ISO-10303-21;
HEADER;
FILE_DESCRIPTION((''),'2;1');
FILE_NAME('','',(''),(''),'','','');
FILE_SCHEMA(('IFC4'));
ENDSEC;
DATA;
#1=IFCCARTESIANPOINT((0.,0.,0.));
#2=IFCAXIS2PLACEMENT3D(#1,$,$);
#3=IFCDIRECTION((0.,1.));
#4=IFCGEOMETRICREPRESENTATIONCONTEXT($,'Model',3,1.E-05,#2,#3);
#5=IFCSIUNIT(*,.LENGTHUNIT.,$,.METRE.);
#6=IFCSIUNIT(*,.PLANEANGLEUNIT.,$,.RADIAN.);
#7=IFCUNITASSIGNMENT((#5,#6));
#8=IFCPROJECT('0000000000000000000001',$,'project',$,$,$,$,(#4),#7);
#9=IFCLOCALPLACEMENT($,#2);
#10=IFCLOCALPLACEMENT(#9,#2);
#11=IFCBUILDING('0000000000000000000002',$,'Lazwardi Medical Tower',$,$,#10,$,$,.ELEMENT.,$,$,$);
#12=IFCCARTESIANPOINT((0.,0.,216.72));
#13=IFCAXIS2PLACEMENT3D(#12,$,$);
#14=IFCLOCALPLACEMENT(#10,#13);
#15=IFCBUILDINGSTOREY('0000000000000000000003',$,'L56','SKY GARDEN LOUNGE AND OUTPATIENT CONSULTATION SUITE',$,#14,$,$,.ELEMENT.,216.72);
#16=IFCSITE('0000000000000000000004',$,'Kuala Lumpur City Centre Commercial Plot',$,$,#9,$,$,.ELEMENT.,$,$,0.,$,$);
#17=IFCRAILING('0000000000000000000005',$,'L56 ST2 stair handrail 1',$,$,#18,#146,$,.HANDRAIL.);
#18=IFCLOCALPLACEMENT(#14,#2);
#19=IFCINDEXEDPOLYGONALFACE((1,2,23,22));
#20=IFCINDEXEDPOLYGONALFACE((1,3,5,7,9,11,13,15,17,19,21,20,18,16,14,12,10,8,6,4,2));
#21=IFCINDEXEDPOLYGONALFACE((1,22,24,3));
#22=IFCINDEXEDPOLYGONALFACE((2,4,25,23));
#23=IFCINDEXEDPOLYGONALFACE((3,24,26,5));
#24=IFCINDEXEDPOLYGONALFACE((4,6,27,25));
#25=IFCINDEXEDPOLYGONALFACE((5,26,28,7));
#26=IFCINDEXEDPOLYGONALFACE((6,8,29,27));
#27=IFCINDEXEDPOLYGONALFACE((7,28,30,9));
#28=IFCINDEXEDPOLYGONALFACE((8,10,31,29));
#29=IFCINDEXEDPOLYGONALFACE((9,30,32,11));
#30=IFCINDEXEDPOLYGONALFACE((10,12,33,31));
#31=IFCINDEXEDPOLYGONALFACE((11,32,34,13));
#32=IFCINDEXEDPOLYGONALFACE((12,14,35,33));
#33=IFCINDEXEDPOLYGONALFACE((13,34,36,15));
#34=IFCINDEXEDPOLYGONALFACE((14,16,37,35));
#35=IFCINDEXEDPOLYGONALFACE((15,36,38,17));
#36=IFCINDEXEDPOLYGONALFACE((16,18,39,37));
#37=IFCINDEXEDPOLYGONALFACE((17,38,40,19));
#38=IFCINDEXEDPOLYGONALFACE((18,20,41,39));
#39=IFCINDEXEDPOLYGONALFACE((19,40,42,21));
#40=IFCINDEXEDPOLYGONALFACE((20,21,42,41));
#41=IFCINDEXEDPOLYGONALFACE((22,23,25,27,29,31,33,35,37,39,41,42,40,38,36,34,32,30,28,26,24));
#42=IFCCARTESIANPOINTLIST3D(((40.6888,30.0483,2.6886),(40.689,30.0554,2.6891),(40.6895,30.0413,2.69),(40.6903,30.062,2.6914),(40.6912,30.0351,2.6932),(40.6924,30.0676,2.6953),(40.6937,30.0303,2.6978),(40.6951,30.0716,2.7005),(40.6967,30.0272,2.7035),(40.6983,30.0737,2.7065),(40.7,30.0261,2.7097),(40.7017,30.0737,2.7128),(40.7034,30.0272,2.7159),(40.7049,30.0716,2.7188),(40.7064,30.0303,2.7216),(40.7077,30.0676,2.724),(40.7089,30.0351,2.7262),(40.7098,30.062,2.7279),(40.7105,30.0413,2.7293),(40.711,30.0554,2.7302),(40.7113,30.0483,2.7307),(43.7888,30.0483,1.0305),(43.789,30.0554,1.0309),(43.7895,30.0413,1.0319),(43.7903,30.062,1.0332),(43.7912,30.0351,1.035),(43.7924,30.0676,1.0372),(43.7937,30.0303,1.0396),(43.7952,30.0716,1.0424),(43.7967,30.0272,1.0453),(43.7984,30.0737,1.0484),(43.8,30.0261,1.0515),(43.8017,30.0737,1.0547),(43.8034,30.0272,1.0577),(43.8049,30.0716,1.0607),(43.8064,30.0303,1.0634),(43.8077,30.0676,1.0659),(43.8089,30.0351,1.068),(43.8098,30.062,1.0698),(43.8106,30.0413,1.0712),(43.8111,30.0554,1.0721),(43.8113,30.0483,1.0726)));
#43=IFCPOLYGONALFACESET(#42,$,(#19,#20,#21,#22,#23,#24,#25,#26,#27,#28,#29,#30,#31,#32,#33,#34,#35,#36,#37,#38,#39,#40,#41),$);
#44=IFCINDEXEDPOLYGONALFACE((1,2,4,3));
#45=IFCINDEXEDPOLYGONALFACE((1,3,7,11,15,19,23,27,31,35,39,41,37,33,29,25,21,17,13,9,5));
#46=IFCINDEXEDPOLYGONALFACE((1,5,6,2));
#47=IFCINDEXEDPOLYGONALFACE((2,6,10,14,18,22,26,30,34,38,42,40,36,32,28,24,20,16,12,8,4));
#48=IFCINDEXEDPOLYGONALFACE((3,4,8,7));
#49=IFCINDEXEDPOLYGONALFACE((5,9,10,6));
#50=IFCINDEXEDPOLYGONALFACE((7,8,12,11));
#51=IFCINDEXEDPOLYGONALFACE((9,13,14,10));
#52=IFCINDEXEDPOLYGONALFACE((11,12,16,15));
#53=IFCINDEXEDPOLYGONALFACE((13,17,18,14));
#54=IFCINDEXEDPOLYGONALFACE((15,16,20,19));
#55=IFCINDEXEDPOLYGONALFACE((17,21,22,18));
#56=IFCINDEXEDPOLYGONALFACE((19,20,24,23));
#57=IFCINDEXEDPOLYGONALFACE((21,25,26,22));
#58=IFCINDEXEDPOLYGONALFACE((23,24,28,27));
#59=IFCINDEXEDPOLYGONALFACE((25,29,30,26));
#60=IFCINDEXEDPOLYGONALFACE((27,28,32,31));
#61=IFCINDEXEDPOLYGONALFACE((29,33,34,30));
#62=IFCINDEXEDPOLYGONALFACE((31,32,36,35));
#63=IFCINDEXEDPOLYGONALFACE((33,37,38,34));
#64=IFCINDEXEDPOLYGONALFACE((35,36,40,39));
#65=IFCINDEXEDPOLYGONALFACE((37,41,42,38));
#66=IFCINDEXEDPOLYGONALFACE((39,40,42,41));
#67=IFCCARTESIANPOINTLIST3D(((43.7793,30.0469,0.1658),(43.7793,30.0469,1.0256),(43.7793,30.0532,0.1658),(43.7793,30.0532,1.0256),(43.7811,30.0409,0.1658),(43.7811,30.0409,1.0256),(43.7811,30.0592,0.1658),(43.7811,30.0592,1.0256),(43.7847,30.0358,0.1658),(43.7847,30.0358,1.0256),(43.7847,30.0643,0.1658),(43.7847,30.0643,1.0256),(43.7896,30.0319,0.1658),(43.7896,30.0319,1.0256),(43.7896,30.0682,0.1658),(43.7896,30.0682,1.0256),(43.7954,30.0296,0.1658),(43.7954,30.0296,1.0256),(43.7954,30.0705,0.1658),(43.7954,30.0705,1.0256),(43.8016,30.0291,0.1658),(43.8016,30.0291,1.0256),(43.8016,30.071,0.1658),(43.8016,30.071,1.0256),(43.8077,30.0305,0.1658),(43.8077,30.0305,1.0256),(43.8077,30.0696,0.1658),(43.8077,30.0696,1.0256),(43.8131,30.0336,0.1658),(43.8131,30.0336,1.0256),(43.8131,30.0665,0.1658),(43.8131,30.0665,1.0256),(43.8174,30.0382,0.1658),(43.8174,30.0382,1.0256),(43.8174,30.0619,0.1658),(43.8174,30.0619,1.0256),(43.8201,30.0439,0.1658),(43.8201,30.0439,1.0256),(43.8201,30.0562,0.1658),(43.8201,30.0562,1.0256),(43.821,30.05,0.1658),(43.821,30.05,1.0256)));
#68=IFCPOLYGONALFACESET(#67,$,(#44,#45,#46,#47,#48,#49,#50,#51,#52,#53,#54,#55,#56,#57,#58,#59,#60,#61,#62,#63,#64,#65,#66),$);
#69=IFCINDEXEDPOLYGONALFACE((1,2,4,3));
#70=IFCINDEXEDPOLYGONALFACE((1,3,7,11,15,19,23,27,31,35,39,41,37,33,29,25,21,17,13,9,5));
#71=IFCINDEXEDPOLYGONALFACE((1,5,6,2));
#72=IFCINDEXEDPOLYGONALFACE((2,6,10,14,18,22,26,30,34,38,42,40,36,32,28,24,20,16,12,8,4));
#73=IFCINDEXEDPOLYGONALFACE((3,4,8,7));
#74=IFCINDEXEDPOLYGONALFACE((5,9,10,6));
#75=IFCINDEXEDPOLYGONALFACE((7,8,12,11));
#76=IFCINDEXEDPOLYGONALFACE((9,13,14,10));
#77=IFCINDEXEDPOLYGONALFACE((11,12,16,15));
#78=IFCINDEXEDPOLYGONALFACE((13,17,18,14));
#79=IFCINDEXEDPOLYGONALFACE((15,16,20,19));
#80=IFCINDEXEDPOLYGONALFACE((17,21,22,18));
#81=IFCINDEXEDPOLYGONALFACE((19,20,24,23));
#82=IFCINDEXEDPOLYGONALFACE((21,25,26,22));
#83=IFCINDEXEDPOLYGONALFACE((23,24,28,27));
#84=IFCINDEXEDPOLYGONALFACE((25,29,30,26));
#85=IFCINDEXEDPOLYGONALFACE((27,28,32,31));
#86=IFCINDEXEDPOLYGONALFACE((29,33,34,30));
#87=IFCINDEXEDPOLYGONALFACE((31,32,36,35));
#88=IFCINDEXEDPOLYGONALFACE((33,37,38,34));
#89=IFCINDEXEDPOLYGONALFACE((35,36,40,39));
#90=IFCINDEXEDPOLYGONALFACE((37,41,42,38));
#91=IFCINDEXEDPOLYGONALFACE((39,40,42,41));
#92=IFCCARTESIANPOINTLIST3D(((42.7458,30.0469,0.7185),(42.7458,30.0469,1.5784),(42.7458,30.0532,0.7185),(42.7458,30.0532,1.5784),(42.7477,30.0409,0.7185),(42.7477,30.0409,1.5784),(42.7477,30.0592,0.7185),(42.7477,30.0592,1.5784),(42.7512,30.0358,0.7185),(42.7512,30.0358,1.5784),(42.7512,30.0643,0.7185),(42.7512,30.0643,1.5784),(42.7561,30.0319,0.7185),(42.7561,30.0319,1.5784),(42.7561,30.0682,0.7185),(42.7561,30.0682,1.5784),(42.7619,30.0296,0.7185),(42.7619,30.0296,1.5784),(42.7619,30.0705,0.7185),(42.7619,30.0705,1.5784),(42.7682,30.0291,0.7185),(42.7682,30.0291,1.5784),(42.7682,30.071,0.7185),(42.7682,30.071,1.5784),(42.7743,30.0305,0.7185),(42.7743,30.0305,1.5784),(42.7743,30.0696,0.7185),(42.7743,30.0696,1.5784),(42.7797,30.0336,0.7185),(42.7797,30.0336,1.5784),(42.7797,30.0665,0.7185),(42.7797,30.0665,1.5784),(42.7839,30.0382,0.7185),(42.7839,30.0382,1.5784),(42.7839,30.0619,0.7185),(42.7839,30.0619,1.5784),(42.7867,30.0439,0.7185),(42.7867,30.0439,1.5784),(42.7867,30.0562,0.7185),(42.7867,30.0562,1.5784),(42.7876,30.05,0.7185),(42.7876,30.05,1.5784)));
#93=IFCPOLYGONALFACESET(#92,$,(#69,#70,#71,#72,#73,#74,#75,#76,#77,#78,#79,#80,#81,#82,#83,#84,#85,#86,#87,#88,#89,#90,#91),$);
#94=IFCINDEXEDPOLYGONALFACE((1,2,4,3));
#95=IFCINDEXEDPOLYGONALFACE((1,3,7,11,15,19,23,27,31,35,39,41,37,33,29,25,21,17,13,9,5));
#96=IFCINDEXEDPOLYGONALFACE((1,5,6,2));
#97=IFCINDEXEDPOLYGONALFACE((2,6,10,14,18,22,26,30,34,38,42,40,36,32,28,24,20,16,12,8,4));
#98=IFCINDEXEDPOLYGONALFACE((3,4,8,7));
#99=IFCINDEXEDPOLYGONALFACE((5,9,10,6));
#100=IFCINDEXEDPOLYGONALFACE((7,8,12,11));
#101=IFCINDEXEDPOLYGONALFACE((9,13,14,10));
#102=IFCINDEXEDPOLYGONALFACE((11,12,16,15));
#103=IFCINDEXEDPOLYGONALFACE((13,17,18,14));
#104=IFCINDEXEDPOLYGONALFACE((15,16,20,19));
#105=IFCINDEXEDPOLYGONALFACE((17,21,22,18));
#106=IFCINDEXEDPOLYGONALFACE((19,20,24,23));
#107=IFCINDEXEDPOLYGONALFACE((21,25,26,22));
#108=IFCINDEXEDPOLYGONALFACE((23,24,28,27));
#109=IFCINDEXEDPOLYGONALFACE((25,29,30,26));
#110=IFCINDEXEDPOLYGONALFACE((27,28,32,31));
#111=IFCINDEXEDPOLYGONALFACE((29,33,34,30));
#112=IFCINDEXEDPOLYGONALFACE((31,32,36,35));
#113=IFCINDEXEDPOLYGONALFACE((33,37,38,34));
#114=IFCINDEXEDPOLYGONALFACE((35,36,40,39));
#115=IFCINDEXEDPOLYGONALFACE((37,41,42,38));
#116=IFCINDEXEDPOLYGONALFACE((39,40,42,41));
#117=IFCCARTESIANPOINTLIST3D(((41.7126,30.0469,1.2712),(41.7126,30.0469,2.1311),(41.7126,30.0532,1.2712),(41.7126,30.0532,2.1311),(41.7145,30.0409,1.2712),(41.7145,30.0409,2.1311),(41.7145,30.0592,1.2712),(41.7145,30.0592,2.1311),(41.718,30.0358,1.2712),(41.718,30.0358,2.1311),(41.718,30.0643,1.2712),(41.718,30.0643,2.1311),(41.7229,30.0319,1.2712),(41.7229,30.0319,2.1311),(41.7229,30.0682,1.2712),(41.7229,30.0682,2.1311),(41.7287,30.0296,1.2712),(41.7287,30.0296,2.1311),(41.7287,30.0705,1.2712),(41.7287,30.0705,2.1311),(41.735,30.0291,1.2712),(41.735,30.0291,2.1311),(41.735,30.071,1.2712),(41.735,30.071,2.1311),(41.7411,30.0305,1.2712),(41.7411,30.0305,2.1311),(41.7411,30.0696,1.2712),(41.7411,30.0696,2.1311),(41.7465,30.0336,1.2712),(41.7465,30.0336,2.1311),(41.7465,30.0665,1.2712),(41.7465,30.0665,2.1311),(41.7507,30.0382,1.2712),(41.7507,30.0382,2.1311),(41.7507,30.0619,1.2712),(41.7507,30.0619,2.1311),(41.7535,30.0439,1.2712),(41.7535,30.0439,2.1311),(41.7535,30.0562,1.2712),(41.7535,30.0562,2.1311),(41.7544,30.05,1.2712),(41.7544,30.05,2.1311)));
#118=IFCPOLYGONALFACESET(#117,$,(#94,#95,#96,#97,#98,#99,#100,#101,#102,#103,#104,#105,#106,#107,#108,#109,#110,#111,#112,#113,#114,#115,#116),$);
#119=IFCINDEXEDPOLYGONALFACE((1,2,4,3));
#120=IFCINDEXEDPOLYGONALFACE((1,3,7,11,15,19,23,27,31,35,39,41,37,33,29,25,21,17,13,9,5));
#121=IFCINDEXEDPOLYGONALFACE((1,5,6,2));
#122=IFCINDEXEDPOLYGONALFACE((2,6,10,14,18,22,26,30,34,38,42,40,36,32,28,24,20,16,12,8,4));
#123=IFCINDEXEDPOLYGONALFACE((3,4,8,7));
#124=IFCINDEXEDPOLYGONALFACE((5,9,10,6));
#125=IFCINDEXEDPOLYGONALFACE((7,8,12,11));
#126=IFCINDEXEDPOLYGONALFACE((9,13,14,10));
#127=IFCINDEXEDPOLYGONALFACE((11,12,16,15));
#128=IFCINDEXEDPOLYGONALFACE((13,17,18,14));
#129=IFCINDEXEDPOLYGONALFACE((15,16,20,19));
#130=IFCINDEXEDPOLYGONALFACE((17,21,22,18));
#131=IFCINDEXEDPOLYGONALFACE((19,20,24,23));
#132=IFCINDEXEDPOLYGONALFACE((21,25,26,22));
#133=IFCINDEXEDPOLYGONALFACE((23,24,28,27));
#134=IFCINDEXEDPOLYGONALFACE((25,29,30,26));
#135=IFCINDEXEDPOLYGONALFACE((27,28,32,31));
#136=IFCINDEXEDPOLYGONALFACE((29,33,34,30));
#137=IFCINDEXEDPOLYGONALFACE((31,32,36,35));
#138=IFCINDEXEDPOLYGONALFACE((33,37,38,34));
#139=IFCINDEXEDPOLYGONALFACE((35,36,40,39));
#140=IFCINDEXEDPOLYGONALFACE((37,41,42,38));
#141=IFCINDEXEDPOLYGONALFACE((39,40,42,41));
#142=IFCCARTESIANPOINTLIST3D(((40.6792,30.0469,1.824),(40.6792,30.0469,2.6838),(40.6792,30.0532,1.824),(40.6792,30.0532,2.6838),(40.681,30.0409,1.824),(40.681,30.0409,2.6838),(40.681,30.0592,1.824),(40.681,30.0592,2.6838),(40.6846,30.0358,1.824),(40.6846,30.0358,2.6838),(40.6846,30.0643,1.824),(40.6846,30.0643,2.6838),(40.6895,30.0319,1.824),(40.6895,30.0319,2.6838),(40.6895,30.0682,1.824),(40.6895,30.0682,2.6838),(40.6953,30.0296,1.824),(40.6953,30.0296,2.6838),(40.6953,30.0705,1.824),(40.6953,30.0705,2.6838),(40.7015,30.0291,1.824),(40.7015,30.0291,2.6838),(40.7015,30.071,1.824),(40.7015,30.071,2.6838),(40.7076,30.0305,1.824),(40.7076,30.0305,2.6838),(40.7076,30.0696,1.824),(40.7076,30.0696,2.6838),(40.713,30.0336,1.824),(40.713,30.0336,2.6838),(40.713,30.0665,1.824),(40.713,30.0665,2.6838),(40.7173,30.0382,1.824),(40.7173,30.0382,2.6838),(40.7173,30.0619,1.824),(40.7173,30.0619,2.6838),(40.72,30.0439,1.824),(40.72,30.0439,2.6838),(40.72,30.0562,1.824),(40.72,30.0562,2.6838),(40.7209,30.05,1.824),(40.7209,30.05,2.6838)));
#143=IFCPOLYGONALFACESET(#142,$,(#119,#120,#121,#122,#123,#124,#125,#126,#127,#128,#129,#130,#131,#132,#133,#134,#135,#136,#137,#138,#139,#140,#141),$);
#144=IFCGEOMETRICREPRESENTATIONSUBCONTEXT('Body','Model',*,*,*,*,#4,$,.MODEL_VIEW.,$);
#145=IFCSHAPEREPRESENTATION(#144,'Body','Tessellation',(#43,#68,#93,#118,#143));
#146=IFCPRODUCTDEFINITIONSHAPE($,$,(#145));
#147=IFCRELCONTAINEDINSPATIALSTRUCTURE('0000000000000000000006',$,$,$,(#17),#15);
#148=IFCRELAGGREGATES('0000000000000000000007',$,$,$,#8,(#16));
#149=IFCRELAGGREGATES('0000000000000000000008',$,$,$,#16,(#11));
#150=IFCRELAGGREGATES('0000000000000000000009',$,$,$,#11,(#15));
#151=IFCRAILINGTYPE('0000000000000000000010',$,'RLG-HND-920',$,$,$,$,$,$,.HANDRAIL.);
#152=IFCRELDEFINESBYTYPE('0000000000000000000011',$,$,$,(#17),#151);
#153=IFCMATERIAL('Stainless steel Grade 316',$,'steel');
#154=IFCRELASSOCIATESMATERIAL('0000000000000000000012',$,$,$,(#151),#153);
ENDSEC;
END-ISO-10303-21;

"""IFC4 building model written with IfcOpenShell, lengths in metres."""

from ifc_helpers import new_model, si_unit, direction, frame, origin, origin_2d, place, context, subcontext, project, spatial, circle, extrude, material, type_object, element, save


model = new_model("IFC4")

# Units and contexts
model_context = context("Model", 3, precision=1e-05, world=origin(), true_north=direction((0.0, 1.0)))
body_context = subcontext(model_context, "Body", "Model", "MODEL_VIEW")
ifc_project = project(units=[si_unit("LENGTHUNIT", "METRE"), si_unit("PLANEANGLEUNIT", "RADIAN")], contexts=[model_context])

# Site, building, storey
site_placement = place(None, origin())
site = spatial("IfcSite", under=ifc_project, at=site_placement, Name="Kuala Lumpur City Centre Commercial Plot", CompositionType="ELEMENT", RefElevation=0.0)
building_placement = place(site_placement, origin())
building = spatial("IfcBuilding", under=site, at=building_placement, Name="Lazwardi Medical Tower", CompositionType="ELEMENT")
storey_placement = place(building_placement, frame((0.0, 0.0, 216.72)))
storey = spatial("IfcBuildingStorey", under=building, at=storey_placement, Name="L56", Description="SKY GARDEN LOUNGE AND OUTPATIENT CONSULTATION SUITE", CompositionType="ELEMENT", Elevation=216.72)

# Railing
ifc_material_1 = material(Name="Stainless steel Grade 316", Category="steel")
railing_type_1 = type_object("IfcRailingType", Name="RLG-HND-920", PredefinedType="HANDRAIL", material=ifc_material_1)
railing_1_placement = place(storey_placement, frame((43.8, 30.05, 0.1658)))
element("IfcRailing", 1, at=railing_1_placement, inside=storey, type_object=railing_type_1, Name="L56 ST2 stair handrail 1", PredefinedType="HANDRAIL", context=body_context, shape_type="SweptSolid", body=[
    extrude(circle(Radius=0.0239, at=origin_2d()), frame((0.0, 0.0, 0.8857), z_axis=(-0.881783, 0.0, 0.471655), x_axis=(0.0, -1.0, 0.0)), (0.0, 0.0, 1.0), 3.5156),
    extrude(circle(Radius=0.021, at=origin_2d()), origin(), (0.0, 0.0, 1.0), 0.8599),
    extrude(circle(Radius=0.021, at=origin_2d()), frame((-1.0334, 0.0, 0.5527)), (0.0, 0.0, 1.0), 0.8599),
    extrude(circle(Radius=0.021, at=origin_2d()), frame((-2.0667, 0.0, 1.1055)), (0.0, 0.0, 1.0), 0.8599),
    extrude(circle(Radius=0.021, at=origin_2d()), frame((-3.1001, 0.0, 1.6582)), (0.0, 0.0, 1.0), 0.8599),
])

save(model, "model.ifc")
